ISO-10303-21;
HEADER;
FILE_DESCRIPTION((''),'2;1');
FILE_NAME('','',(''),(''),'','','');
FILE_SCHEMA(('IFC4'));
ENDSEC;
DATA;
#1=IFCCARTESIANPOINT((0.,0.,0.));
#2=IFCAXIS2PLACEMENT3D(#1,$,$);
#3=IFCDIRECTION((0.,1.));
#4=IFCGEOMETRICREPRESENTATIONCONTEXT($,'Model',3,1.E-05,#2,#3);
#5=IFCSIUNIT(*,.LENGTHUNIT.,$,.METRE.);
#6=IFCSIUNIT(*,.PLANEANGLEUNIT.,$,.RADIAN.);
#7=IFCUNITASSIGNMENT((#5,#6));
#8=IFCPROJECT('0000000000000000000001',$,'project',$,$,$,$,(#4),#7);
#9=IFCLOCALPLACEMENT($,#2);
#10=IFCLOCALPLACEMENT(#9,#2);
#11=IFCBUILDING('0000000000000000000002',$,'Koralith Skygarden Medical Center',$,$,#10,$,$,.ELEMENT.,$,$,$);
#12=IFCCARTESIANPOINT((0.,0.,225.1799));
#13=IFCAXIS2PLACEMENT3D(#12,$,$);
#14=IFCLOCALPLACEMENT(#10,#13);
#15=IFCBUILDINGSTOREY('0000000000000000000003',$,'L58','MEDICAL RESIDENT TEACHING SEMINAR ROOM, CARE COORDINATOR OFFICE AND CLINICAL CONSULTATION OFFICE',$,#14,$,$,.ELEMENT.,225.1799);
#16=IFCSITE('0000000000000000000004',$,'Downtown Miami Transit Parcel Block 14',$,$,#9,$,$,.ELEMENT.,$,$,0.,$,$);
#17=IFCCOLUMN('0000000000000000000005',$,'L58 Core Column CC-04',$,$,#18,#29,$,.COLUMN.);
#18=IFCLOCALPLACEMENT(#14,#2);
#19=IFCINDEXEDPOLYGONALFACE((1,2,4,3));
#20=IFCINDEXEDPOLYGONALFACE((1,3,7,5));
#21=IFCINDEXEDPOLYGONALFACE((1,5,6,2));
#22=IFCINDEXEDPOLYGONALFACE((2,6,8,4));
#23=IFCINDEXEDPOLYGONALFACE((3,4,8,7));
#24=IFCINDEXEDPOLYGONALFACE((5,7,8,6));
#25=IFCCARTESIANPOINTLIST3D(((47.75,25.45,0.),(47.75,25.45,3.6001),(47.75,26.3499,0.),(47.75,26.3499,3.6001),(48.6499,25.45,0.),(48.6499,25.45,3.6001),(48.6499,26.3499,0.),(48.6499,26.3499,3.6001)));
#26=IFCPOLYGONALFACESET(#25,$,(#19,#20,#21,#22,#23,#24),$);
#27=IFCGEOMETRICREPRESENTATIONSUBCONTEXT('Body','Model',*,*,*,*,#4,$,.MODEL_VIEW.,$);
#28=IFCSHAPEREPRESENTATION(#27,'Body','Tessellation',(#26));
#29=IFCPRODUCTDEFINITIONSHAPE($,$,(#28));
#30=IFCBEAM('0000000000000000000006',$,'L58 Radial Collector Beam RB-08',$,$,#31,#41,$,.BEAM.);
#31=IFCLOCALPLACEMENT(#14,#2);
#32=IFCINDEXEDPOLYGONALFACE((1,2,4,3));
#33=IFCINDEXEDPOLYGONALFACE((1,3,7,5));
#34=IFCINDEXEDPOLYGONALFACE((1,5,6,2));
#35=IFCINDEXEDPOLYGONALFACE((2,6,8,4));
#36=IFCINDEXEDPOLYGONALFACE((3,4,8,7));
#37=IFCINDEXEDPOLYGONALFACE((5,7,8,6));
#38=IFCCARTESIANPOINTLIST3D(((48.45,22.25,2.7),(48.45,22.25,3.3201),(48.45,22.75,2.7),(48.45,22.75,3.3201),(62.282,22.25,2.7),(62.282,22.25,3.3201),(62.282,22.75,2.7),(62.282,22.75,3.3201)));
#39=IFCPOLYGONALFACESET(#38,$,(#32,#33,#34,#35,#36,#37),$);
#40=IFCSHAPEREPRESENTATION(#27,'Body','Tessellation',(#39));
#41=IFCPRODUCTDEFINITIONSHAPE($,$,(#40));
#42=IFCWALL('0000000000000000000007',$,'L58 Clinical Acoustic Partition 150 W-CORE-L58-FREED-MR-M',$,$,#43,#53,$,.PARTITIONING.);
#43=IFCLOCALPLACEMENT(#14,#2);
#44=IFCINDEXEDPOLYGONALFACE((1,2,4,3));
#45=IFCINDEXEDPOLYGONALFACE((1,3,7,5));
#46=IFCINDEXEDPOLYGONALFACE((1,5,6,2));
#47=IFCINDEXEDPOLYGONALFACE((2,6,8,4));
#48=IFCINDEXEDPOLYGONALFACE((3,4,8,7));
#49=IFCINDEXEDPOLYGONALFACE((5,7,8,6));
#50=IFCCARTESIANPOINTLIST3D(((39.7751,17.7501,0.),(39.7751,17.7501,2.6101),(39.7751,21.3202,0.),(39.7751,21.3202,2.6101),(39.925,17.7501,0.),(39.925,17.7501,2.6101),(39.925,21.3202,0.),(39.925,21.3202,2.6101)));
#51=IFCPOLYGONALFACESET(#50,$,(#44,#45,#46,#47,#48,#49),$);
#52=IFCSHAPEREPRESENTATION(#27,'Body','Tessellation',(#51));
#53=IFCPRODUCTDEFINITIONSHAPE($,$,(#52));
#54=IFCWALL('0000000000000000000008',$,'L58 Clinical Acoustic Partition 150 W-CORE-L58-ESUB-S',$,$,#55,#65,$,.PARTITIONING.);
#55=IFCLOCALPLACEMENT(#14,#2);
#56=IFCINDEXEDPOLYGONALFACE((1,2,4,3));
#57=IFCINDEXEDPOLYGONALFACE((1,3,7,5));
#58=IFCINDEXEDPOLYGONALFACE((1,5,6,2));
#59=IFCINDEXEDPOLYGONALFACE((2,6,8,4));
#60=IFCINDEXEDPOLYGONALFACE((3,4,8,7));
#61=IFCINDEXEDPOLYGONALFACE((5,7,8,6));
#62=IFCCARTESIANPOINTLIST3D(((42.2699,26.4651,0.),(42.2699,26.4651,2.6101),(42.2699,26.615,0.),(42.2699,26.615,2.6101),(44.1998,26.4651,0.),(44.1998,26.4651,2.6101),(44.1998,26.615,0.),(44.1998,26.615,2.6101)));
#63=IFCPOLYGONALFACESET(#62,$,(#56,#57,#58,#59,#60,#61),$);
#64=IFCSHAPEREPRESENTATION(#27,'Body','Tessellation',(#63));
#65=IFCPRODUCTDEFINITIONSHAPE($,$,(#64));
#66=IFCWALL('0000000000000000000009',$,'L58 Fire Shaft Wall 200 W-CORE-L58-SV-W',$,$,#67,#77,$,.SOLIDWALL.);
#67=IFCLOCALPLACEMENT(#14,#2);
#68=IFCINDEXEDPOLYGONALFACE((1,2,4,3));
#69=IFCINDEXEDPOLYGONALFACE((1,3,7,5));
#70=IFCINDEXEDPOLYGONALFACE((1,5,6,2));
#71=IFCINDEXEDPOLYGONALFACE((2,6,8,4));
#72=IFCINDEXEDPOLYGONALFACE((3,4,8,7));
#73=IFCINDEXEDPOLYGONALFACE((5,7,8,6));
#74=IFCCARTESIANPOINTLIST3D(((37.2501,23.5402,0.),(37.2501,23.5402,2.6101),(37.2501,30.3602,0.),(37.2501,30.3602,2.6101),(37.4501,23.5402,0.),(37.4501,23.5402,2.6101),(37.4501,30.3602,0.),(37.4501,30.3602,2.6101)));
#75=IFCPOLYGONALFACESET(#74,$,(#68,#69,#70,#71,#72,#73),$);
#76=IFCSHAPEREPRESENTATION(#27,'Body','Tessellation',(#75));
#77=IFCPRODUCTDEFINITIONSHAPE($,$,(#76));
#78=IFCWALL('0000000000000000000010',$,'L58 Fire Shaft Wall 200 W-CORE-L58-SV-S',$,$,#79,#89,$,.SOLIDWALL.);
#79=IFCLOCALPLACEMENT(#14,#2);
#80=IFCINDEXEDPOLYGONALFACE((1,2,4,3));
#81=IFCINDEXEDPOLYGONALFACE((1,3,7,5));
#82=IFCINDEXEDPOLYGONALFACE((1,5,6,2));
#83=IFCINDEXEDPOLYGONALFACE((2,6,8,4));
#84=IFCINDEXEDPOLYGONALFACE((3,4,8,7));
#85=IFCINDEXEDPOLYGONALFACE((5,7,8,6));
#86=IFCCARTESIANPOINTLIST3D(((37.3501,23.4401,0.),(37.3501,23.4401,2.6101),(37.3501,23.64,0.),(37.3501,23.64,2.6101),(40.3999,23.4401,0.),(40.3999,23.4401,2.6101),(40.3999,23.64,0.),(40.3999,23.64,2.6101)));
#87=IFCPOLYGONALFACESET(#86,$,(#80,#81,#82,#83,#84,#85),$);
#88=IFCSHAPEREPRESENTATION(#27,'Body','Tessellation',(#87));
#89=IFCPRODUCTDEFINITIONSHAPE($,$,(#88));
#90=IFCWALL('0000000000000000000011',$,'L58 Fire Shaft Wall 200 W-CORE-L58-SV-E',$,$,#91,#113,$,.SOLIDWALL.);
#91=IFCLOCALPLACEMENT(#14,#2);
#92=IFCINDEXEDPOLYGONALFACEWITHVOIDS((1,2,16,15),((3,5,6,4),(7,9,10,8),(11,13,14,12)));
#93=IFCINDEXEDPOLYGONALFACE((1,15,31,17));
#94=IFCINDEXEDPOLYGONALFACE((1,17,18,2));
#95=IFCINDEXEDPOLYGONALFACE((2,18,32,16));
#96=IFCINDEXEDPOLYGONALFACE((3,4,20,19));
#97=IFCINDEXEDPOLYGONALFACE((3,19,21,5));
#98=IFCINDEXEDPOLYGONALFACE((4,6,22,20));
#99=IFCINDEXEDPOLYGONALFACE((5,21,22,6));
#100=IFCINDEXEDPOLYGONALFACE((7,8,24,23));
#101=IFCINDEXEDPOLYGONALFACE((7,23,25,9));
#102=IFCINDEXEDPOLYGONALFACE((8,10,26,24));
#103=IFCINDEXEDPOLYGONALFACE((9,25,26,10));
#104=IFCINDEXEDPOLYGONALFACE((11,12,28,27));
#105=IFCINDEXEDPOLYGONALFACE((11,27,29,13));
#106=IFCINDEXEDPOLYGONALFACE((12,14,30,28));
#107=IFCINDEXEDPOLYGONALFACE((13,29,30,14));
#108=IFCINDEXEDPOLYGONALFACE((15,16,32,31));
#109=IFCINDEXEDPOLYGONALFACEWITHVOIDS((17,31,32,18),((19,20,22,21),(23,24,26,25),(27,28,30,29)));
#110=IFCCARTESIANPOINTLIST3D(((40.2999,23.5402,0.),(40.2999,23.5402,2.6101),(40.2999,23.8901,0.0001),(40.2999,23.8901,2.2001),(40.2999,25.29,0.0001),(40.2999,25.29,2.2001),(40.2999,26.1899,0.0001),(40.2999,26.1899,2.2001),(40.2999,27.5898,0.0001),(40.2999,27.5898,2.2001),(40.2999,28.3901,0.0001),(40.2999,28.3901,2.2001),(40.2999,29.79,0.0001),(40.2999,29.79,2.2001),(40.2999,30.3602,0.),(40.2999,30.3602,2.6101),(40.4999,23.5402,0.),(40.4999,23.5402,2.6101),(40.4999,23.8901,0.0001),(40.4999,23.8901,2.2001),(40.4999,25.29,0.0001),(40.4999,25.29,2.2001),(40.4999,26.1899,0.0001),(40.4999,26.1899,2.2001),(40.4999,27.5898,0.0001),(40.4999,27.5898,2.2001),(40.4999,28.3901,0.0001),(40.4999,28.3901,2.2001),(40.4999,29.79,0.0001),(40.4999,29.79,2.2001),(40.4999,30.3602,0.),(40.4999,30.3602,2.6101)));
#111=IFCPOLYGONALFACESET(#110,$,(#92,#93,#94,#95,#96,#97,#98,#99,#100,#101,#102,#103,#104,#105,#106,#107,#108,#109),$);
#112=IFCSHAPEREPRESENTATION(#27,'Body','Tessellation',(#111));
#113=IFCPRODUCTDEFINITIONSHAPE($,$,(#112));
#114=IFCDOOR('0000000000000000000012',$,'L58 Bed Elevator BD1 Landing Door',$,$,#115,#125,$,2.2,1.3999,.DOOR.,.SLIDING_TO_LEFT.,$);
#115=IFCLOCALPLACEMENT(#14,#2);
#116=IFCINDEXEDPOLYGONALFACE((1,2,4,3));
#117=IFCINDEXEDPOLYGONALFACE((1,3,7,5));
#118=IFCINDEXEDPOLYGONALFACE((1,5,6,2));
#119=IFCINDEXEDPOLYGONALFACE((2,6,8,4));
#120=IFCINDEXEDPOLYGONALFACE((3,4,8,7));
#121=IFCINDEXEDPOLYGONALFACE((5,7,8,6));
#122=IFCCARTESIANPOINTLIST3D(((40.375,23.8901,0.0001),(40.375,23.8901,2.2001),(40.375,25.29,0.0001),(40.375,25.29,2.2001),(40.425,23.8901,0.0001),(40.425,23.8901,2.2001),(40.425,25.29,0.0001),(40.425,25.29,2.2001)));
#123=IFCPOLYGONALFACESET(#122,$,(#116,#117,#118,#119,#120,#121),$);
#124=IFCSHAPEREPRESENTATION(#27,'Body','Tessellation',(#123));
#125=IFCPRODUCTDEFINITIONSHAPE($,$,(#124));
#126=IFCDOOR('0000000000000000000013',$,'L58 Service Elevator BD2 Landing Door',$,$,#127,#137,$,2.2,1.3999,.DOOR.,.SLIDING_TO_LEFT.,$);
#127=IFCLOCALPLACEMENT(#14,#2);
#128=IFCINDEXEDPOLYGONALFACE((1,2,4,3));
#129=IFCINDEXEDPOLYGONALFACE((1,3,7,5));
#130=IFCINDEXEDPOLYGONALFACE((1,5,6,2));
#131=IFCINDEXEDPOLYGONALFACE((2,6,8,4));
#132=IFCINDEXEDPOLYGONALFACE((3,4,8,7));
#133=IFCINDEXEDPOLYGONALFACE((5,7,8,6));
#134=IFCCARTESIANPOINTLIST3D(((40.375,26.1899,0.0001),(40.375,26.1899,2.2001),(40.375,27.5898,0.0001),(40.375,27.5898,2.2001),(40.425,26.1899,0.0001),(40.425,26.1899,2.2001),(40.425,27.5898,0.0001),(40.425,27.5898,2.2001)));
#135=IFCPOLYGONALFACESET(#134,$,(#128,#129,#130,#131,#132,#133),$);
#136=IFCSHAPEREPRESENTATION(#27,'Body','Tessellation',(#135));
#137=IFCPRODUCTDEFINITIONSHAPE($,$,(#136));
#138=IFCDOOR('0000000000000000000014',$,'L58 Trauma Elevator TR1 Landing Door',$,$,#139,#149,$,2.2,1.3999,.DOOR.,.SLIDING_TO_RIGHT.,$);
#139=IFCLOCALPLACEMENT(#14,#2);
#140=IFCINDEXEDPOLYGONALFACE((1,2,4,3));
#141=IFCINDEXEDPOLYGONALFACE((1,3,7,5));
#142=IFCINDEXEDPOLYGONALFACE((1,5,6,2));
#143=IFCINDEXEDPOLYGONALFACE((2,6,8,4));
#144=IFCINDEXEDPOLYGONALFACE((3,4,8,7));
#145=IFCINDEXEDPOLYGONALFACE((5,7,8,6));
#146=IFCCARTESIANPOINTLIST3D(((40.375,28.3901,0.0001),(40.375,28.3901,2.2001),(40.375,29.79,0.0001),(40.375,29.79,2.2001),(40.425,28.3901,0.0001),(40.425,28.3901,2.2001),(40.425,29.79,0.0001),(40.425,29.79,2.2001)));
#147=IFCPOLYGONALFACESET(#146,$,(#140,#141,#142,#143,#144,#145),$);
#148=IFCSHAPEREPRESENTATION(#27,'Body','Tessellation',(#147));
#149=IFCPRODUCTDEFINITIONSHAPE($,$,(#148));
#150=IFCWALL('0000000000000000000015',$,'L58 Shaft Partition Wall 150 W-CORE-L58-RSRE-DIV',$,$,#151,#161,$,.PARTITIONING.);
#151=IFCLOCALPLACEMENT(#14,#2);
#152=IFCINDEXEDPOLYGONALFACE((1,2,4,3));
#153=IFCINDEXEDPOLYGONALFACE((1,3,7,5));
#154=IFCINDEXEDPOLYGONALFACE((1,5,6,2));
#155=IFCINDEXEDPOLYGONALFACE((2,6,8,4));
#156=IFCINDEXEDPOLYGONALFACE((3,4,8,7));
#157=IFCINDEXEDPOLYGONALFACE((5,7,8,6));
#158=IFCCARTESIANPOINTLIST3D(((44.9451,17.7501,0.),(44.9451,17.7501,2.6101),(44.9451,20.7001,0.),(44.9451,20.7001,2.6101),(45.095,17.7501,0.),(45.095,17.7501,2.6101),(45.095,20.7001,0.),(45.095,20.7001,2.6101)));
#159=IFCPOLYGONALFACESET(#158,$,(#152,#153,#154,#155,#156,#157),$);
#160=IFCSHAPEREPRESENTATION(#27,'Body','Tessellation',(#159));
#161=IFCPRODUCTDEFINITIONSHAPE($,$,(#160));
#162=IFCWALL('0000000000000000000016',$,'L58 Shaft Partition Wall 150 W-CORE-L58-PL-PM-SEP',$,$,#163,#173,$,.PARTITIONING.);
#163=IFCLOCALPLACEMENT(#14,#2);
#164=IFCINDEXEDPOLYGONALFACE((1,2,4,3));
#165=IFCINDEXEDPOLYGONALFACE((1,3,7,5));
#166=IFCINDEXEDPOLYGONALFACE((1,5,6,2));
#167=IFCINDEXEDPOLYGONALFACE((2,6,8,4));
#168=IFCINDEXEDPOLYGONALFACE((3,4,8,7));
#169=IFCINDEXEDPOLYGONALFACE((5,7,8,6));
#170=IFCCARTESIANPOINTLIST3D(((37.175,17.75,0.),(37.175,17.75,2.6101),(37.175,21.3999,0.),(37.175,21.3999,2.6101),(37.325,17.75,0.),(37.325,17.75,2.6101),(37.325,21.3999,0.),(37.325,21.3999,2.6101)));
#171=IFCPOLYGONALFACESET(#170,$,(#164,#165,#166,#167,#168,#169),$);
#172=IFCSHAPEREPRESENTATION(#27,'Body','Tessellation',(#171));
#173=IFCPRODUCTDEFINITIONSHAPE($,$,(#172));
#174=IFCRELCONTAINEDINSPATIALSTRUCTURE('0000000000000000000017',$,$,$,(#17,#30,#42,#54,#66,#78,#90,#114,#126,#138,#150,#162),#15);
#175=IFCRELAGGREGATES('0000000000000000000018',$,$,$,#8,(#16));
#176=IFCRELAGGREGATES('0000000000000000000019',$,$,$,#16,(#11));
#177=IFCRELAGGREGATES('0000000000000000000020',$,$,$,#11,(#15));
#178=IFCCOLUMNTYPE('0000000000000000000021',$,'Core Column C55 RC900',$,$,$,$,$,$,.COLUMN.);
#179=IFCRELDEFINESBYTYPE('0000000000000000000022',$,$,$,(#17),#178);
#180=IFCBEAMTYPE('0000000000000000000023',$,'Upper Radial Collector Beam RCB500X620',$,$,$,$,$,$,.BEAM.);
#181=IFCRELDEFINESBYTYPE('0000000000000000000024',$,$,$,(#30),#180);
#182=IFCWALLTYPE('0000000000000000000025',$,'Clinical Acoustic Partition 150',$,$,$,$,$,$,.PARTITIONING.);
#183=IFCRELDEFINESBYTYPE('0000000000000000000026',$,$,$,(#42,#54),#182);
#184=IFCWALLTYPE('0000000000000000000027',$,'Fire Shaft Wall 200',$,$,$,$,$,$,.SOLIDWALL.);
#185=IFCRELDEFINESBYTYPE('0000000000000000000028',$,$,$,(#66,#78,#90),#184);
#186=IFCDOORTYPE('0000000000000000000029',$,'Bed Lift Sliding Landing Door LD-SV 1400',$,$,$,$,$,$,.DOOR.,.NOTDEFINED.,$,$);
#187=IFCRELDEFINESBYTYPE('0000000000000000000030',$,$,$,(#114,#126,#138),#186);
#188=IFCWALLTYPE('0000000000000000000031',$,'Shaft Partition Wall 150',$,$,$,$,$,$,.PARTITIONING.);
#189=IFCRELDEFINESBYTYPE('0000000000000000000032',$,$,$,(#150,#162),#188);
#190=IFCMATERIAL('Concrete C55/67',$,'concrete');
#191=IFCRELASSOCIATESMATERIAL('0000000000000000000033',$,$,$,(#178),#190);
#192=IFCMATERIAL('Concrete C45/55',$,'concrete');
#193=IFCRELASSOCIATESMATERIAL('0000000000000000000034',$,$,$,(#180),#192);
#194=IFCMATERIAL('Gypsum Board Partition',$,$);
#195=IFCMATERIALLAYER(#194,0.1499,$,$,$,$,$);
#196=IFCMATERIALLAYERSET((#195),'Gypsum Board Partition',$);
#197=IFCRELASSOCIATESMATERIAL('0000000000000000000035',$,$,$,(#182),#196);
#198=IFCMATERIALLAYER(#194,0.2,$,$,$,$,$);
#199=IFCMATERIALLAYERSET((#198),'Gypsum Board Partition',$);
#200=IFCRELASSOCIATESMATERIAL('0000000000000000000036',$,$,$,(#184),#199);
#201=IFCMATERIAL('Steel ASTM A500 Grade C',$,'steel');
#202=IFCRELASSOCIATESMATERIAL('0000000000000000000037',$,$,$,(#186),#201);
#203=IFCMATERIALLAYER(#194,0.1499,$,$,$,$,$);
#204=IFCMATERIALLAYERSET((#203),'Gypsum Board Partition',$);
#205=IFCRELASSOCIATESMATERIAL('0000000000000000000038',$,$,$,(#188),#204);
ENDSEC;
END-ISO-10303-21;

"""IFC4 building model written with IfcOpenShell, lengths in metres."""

from ifc_helpers import new_model, si_unit, direction, frame, frame_2d, origin, origin_2d, place, context, subcontext, project, spatial, rectangle, extrude, material, layer, layer_set, material_profile, profile_set, type_object, element, fill, save


model = new_model("IFC4")

# Units and contexts
model_context = context("Model", 3, precision=1e-05, world=origin(), true_north=direction((0.0, 1.0)))
body_context = subcontext(model_context, "Body", "Model", "MODEL_VIEW")
ifc_project = project(units=[si_unit("LENGTHUNIT", "METRE"), si_unit("PLANEANGLEUNIT", "RADIAN")], contexts=[model_context])

# Site, building, storey
site_placement = place(None, origin())
site = spatial("IfcSite", under=ifc_project, at=site_placement, Name="Downtown Miami Transit Parcel Block 14", CompositionType="ELEMENT", RefElevation=0.0)
building_placement = place(site_placement, origin())
building = spatial("IfcBuilding", under=site, at=building_placement, Name="Koralith Skygarden Medical Center", CompositionType="ELEMENT")
storey_placement = place(building_placement, frame((0.0, 0.0, 225.1799)))
storey = spatial("IfcBuildingStorey", under=building, at=storey_placement, Name="L58", Description="MEDICAL RESIDENT TEACHING SEMINAR ROOM, CARE COORDINATOR OFFICE AND CLINICAL CONSULTATION OFFICE", CompositionType="ELEMENT", Elevation=225.1799)

# Column
ifc_material_1 = material(Name="Concrete C55/67", Category="concrete")
ifc_material_profile_1 = material_profile(ifc_material_1, rectangle(XDim=0.8999, YDim=0.8999, at=origin_2d()), Name="RC900X900")
ifc_profile_set_1 = profile_set([ifc_material_profile_1], Name="Concrete C55/67")
column_type = type_object("IfcColumnType", Name="Core Column C55 RC900", PredefinedType="COLUMN", material=ifc_profile_set_1)
column_placement = place(storey_placement, frame((48.2, 25.8999, 0.0), z_axis=(0.0, 0.0, 1.0), x_axis=(1.0, 0.0, 0.0)))
element("IfcColumn", 1, at=column_placement, inside=storey, type_object=column_type, Name="L58 Core Column CC-04", PredefinedType="COLUMN", context=body_context, shape_type="SweptSolid", body=[
    extrude(rectangle(XDim=0.8999, YDim=0.8999, at=origin_2d()), origin(), (0.0, 0.0, 1.0), 3.6001),
])

# Beam
ifc_material_2 = material(Name="Concrete C45/55", Category="concrete")
ifc_material_profile_2 = material_profile(ifc_material_2, rectangle(XDim=0.5, YDim=0.6201, at=origin_2d()), Name="RCB500X620")
ifc_profile_set_2 = profile_set([ifc_material_profile_2], Name="Concrete C45/55")
beam_type = type_object("IfcBeamType", Name="Upper Radial Collector Beam RCB500X620", PredefinedType="BEAM", material=ifc_profile_set_2)
beam_placement = place(storey_placement, frame((48.45, 22.5, 3.01), z_axis=(1.0, 0.0, 0.0), x_axis=(0.0, 1.0, 0.0)))
element("IfcBeam", 2, at=beam_placement, inside=storey, type_object=beam_type, Name="L58 Radial Collector Beam RB-08", PredefinedType="BEAM", context=body_context, shape_type="SweptSolid", body=[
    extrude(rectangle(XDim=0.5, YDim=0.6201, at=origin_2d()), origin(), (0.0, 0.0, 1.0), 13.832),
])

# Shared definitions
ifc_material_3 = material(Name="Gypsum Board Partition")
ifc_layer_1 = layer(ifc_material_3, 0.1499)
ifc_layer_set_1 = layer_set([ifc_layer_1], Name="Gypsum Board Partition")
wall_type_1 = type_object("IfcWallType", Name="Clinical Acoustic Partition 150", PredefinedType="PARTITIONING", material=ifc_layer_set_1)

# Wall
wall_1_placement = place(storey_placement, frame((39.8501, 17.75, 0.0), z_axis=(0.0, 0.0, 1.0), x_axis=(0.0, 1.0, 0.0)))
element("IfcWall", 3, at=wall_1_placement, inside=storey, type_object=wall_type_1, Name="L58 Clinical Acoustic Partition 150 W-CORE-L58-FREED-MR-M", PredefinedType="PARTITIONING", context=body_context, shape_type="SweptSolid", body=[
    extrude(rectangle(XDim=3.5701, YDim=0.1499, at=frame_2d((1.7852, 0.0))), origin(), (0.0, 0.0, 1.0), 2.6101),
])

# Wall
wall_2_placement = place(storey_placement, frame((42.27, 26.54, 0.0), z_axis=(0.0, 0.0, 1.0), x_axis=(1.0, 0.0, 0.0)))
element("IfcWall", 4, at=wall_2_placement, inside=storey, type_object=wall_type_1, Name="L58 Clinical Acoustic Partition 150 W-CORE-L58-ESUB-S", PredefinedType="PARTITIONING", context=body_context, shape_type="SweptSolid", body=[
    extrude(rectangle(XDim=1.9299, YDim=0.1499, at=frame_2d((0.9648, 0.0))), origin(), (0.0, 0.0, 1.0), 2.6101),
])

# Shared definitions
ifc_layer_2 = layer(ifc_material_3, 0.2)
ifc_layer_set_2 = layer_set([ifc_layer_2], Name="Gypsum Board Partition")
wall_type_2 = type_object("IfcWallType", Name="Fire Shaft Wall 200", PredefinedType="SOLIDWALL", material=ifc_layer_set_2)
ifc_material_4 = material(Name="Steel ASTM A500 Grade C", Category="steel")

# Walls
wall_3_placement = place(storey_placement, frame((37.3501, 23.54, 0.0), z_axis=(0.0, 0.0, 1.0), x_axis=(0.0, 1.0, 0.0)))
element("IfcWall", 5, at=wall_3_placement, inside=storey, type_object=wall_type_2, Name="L58 Fire Shaft Wall 200 W-CORE-L58-SV-W", PredefinedType="SOLIDWALL", context=body_context, shape_type="SweptSolid", body=[
    extrude(rectangle(XDim=6.8201, YDim=0.2, at=frame_2d((3.4102, 0.0))), origin(), (0.0, 0.0, 1.0), 2.6101),
])
wall_4_placement = place(storey_placement, frame((37.3501, 23.54, 0.0), z_axis=(0.0, 0.0, 1.0), x_axis=(1.0, 0.0, 0.0)))
element("IfcWall", 6, at=wall_4_placement, inside=storey, type_object=wall_type_2, Name="L58 Fire Shaft Wall 200 W-CORE-L58-SV-S", PredefinedType="SOLIDWALL", context=body_context, shape_type="SweptSolid", body=[
    extrude(rectangle(XDim=3.0498, YDim=0.2, at=frame_2d((1.5249, 0.0))), origin(), (0.0, 0.0, 1.0), 2.6101),
])

# Wall, openings, doors
wall_5_placement = place(storey_placement, frame((40.3999, 23.54, 0.0), z_axis=(0.0, 0.0, 1.0), x_axis=(0.0, 1.0, 0.0)))
wall_5 = element("IfcWall", 7, at=wall_5_placement, inside=storey, type_object=wall_type_2, Name="L58 Fire Shaft Wall 200 W-CORE-L58-SV-E", PredefinedType="SOLIDWALL", context=body_context, shape_type="SweptSolid", body=[
    extrude(rectangle(XDim=6.8201, YDim=0.2, at=frame_2d((3.4102, 0.0))), origin(), (0.0, 0.0, 1.0), 2.6101),
])
opening_1_placement = place(wall_5_placement, frame((0.3501, 0.0, 0.0)))
opening_1 = element("IfcOpeningElement", 8, at=opening_1_placement, cuts=wall_5, PredefinedType="OPENING", context=body_context, shape_type="SweptSolid", body=[
    extrude(rectangle(XDim=1.3999, YDim=2.2, at=frame_2d((0.7, 1.1001))), frame((0.0, 0.1099, 0.0), z_axis=(0.0, -1.0, 0.0), x_axis=(1.0, 0.0, 0.0)), (0.0, 0.0, 1.0), 0.22),
])
opening_2_placement = place(wall_5_placement, frame((2.6499, 0.0, 0.0)))
opening_2 = element("IfcOpeningElement", 9, at=opening_2_placement, cuts=wall_5, PredefinedType="OPENING", context=body_context, shape_type="SweptSolid", body=[
    extrude(rectangle(XDim=1.3999, YDim=2.2, at=frame_2d((0.7, 1.1001))), frame((0.0, 0.1099, 0.0), z_axis=(0.0, -1.0, 0.0), x_axis=(1.0, 0.0, 0.0)), (0.0, 0.0, 1.0), 0.22),
])
opening_3_placement = place(wall_5_placement, frame((4.8501, 0.0, 0.0)))
opening_3 = element("IfcOpeningElement", 10, at=opening_3_placement, cuts=wall_5, PredefinedType="OPENING", context=body_context, shape_type="SweptSolid", body=[
    extrude(rectangle(XDim=1.3999, YDim=2.2, at=frame_2d((0.7, 1.1001))), frame((0.0, 0.1099, 0.0), z_axis=(0.0, -1.0, 0.0), x_axis=(1.0, 0.0, 0.0)), (0.0, 0.0, 1.0), 0.22),
])
door_type_1 = type_object("IfcDoorType", Name="Bed Lift Sliding Landing Door LD-SV 1400", OperationType="NOTDEFINED", PredefinedType="DOOR", material=ifc_material_4)
door_1_placement = place(opening_1_placement, origin())
door_1 = element("IfcDoor", 11, at=door_1_placement, inside=storey, type_object=door_type_1, Name="L58 Bed Elevator BD1 Landing Door", OperationType="SLIDING_TO_LEFT", OverallHeight=2.2, OverallWidth=1.3999, PredefinedType="DOOR", context=body_context, shape_type="SweptSolid", body=[
    extrude(rectangle(XDim=1.3999, YDim=2.2, at=frame_2d((0.7, 1.1001))), frame((0.0, 0.0249, 0.0), z_axis=(0.0, -1.0, 0.0), x_axis=(1.0, 0.0, 0.0)), (0.0, 0.0, 1.0), 0.05),
])
fill(opening_1, door_1)
door_2_placement = place(opening_2_placement, origin())
door_2 = element("IfcDoor", 12, at=door_2_placement, inside=storey, type_object=door_type_1, Name="L58 Service Elevator BD2 Landing Door", OperationType="SLIDING_TO_LEFT", OverallHeight=2.2, OverallWidth=1.3999, PredefinedType="DOOR", context=body_context, shape_type="SweptSolid", body=[
    extrude(rectangle(XDim=1.3999, YDim=2.2, at=frame_2d((0.7, 1.1001))), frame((0.0, 0.0249, 0.0), z_axis=(0.0, -1.0, 0.0), x_axis=(1.0, 0.0, 0.0)), (0.0, 0.0, 1.0), 0.05),
])
fill(opening_2, door_2)
door_3_placement = place(opening_3_placement, origin())
door_3 = element("IfcDoor", 13, at=door_3_placement, inside=storey, type_object=door_type_1, Name="L58 Trauma Elevator TR1 Landing Door", OperationType="SLIDING_TO_RIGHT", OverallHeight=2.2, OverallWidth=1.3999, PredefinedType="DOOR", context=body_context, shape_type="SweptSolid", body=[
    extrude(rectangle(XDim=1.3999, YDim=2.2, at=frame_2d((0.7, 1.1001))), frame((0.0, 0.0249, 0.0), z_axis=(0.0, -1.0, 0.0), x_axis=(1.0, 0.0, 0.0)), (0.0, 0.0, 1.0), 0.05),
])
fill(opening_3, door_3)

# Walls
ifc_layer_3 = layer(ifc_material_3, 0.1499)
ifc_layer_set_3 = layer_set([ifc_layer_3], Name="Gypsum Board Partition")
wall_type_3 = type_object("IfcWallType", Name="Shaft Partition Wall 150", PredefinedType="PARTITIONING", material=ifc_layer_set_3)
wall_6_placement = place(storey_placement, frame((45.02, 17.75, 0.0), z_axis=(0.0, 0.0, 1.0), x_axis=(0.0, 1.0, 0.0)))
element("IfcWall", 14, at=wall_6_placement, inside=storey, type_object=wall_type_3, Name="L58 Shaft Partition Wall 150 W-CORE-L58-RSRE-DIV", PredefinedType="PARTITIONING", context=body_context, shape_type="SweptSolid", body=[
    extrude(rectangle(XDim=2.95, YDim=0.1499, at=frame_2d((1.4751, 0.0))), origin(), (0.0, 0.0, 1.0), 2.6101),
])
wall_7_placement = place(storey_placement, frame((37.25, 17.75, 0.0), z_axis=(0.0, 0.0, 1.0), x_axis=(0.0, 1.0, 0.0)))
element("IfcWall", 15, at=wall_7_placement, inside=storey, type_object=wall_type_3, Name="L58 Shaft Partition Wall 150 W-CORE-L58-PL-PM-SEP", PredefinedType="PARTITIONING", context=body_context, shape_type="SweptSolid", body=[
    extrude(rectangle(XDim=3.6499, YDim=0.1499, at=frame_2d((1.825, 0.0))), origin(), (0.0, 0.0, 1.0), 2.6101),
])

save(model, "model.ifc")
